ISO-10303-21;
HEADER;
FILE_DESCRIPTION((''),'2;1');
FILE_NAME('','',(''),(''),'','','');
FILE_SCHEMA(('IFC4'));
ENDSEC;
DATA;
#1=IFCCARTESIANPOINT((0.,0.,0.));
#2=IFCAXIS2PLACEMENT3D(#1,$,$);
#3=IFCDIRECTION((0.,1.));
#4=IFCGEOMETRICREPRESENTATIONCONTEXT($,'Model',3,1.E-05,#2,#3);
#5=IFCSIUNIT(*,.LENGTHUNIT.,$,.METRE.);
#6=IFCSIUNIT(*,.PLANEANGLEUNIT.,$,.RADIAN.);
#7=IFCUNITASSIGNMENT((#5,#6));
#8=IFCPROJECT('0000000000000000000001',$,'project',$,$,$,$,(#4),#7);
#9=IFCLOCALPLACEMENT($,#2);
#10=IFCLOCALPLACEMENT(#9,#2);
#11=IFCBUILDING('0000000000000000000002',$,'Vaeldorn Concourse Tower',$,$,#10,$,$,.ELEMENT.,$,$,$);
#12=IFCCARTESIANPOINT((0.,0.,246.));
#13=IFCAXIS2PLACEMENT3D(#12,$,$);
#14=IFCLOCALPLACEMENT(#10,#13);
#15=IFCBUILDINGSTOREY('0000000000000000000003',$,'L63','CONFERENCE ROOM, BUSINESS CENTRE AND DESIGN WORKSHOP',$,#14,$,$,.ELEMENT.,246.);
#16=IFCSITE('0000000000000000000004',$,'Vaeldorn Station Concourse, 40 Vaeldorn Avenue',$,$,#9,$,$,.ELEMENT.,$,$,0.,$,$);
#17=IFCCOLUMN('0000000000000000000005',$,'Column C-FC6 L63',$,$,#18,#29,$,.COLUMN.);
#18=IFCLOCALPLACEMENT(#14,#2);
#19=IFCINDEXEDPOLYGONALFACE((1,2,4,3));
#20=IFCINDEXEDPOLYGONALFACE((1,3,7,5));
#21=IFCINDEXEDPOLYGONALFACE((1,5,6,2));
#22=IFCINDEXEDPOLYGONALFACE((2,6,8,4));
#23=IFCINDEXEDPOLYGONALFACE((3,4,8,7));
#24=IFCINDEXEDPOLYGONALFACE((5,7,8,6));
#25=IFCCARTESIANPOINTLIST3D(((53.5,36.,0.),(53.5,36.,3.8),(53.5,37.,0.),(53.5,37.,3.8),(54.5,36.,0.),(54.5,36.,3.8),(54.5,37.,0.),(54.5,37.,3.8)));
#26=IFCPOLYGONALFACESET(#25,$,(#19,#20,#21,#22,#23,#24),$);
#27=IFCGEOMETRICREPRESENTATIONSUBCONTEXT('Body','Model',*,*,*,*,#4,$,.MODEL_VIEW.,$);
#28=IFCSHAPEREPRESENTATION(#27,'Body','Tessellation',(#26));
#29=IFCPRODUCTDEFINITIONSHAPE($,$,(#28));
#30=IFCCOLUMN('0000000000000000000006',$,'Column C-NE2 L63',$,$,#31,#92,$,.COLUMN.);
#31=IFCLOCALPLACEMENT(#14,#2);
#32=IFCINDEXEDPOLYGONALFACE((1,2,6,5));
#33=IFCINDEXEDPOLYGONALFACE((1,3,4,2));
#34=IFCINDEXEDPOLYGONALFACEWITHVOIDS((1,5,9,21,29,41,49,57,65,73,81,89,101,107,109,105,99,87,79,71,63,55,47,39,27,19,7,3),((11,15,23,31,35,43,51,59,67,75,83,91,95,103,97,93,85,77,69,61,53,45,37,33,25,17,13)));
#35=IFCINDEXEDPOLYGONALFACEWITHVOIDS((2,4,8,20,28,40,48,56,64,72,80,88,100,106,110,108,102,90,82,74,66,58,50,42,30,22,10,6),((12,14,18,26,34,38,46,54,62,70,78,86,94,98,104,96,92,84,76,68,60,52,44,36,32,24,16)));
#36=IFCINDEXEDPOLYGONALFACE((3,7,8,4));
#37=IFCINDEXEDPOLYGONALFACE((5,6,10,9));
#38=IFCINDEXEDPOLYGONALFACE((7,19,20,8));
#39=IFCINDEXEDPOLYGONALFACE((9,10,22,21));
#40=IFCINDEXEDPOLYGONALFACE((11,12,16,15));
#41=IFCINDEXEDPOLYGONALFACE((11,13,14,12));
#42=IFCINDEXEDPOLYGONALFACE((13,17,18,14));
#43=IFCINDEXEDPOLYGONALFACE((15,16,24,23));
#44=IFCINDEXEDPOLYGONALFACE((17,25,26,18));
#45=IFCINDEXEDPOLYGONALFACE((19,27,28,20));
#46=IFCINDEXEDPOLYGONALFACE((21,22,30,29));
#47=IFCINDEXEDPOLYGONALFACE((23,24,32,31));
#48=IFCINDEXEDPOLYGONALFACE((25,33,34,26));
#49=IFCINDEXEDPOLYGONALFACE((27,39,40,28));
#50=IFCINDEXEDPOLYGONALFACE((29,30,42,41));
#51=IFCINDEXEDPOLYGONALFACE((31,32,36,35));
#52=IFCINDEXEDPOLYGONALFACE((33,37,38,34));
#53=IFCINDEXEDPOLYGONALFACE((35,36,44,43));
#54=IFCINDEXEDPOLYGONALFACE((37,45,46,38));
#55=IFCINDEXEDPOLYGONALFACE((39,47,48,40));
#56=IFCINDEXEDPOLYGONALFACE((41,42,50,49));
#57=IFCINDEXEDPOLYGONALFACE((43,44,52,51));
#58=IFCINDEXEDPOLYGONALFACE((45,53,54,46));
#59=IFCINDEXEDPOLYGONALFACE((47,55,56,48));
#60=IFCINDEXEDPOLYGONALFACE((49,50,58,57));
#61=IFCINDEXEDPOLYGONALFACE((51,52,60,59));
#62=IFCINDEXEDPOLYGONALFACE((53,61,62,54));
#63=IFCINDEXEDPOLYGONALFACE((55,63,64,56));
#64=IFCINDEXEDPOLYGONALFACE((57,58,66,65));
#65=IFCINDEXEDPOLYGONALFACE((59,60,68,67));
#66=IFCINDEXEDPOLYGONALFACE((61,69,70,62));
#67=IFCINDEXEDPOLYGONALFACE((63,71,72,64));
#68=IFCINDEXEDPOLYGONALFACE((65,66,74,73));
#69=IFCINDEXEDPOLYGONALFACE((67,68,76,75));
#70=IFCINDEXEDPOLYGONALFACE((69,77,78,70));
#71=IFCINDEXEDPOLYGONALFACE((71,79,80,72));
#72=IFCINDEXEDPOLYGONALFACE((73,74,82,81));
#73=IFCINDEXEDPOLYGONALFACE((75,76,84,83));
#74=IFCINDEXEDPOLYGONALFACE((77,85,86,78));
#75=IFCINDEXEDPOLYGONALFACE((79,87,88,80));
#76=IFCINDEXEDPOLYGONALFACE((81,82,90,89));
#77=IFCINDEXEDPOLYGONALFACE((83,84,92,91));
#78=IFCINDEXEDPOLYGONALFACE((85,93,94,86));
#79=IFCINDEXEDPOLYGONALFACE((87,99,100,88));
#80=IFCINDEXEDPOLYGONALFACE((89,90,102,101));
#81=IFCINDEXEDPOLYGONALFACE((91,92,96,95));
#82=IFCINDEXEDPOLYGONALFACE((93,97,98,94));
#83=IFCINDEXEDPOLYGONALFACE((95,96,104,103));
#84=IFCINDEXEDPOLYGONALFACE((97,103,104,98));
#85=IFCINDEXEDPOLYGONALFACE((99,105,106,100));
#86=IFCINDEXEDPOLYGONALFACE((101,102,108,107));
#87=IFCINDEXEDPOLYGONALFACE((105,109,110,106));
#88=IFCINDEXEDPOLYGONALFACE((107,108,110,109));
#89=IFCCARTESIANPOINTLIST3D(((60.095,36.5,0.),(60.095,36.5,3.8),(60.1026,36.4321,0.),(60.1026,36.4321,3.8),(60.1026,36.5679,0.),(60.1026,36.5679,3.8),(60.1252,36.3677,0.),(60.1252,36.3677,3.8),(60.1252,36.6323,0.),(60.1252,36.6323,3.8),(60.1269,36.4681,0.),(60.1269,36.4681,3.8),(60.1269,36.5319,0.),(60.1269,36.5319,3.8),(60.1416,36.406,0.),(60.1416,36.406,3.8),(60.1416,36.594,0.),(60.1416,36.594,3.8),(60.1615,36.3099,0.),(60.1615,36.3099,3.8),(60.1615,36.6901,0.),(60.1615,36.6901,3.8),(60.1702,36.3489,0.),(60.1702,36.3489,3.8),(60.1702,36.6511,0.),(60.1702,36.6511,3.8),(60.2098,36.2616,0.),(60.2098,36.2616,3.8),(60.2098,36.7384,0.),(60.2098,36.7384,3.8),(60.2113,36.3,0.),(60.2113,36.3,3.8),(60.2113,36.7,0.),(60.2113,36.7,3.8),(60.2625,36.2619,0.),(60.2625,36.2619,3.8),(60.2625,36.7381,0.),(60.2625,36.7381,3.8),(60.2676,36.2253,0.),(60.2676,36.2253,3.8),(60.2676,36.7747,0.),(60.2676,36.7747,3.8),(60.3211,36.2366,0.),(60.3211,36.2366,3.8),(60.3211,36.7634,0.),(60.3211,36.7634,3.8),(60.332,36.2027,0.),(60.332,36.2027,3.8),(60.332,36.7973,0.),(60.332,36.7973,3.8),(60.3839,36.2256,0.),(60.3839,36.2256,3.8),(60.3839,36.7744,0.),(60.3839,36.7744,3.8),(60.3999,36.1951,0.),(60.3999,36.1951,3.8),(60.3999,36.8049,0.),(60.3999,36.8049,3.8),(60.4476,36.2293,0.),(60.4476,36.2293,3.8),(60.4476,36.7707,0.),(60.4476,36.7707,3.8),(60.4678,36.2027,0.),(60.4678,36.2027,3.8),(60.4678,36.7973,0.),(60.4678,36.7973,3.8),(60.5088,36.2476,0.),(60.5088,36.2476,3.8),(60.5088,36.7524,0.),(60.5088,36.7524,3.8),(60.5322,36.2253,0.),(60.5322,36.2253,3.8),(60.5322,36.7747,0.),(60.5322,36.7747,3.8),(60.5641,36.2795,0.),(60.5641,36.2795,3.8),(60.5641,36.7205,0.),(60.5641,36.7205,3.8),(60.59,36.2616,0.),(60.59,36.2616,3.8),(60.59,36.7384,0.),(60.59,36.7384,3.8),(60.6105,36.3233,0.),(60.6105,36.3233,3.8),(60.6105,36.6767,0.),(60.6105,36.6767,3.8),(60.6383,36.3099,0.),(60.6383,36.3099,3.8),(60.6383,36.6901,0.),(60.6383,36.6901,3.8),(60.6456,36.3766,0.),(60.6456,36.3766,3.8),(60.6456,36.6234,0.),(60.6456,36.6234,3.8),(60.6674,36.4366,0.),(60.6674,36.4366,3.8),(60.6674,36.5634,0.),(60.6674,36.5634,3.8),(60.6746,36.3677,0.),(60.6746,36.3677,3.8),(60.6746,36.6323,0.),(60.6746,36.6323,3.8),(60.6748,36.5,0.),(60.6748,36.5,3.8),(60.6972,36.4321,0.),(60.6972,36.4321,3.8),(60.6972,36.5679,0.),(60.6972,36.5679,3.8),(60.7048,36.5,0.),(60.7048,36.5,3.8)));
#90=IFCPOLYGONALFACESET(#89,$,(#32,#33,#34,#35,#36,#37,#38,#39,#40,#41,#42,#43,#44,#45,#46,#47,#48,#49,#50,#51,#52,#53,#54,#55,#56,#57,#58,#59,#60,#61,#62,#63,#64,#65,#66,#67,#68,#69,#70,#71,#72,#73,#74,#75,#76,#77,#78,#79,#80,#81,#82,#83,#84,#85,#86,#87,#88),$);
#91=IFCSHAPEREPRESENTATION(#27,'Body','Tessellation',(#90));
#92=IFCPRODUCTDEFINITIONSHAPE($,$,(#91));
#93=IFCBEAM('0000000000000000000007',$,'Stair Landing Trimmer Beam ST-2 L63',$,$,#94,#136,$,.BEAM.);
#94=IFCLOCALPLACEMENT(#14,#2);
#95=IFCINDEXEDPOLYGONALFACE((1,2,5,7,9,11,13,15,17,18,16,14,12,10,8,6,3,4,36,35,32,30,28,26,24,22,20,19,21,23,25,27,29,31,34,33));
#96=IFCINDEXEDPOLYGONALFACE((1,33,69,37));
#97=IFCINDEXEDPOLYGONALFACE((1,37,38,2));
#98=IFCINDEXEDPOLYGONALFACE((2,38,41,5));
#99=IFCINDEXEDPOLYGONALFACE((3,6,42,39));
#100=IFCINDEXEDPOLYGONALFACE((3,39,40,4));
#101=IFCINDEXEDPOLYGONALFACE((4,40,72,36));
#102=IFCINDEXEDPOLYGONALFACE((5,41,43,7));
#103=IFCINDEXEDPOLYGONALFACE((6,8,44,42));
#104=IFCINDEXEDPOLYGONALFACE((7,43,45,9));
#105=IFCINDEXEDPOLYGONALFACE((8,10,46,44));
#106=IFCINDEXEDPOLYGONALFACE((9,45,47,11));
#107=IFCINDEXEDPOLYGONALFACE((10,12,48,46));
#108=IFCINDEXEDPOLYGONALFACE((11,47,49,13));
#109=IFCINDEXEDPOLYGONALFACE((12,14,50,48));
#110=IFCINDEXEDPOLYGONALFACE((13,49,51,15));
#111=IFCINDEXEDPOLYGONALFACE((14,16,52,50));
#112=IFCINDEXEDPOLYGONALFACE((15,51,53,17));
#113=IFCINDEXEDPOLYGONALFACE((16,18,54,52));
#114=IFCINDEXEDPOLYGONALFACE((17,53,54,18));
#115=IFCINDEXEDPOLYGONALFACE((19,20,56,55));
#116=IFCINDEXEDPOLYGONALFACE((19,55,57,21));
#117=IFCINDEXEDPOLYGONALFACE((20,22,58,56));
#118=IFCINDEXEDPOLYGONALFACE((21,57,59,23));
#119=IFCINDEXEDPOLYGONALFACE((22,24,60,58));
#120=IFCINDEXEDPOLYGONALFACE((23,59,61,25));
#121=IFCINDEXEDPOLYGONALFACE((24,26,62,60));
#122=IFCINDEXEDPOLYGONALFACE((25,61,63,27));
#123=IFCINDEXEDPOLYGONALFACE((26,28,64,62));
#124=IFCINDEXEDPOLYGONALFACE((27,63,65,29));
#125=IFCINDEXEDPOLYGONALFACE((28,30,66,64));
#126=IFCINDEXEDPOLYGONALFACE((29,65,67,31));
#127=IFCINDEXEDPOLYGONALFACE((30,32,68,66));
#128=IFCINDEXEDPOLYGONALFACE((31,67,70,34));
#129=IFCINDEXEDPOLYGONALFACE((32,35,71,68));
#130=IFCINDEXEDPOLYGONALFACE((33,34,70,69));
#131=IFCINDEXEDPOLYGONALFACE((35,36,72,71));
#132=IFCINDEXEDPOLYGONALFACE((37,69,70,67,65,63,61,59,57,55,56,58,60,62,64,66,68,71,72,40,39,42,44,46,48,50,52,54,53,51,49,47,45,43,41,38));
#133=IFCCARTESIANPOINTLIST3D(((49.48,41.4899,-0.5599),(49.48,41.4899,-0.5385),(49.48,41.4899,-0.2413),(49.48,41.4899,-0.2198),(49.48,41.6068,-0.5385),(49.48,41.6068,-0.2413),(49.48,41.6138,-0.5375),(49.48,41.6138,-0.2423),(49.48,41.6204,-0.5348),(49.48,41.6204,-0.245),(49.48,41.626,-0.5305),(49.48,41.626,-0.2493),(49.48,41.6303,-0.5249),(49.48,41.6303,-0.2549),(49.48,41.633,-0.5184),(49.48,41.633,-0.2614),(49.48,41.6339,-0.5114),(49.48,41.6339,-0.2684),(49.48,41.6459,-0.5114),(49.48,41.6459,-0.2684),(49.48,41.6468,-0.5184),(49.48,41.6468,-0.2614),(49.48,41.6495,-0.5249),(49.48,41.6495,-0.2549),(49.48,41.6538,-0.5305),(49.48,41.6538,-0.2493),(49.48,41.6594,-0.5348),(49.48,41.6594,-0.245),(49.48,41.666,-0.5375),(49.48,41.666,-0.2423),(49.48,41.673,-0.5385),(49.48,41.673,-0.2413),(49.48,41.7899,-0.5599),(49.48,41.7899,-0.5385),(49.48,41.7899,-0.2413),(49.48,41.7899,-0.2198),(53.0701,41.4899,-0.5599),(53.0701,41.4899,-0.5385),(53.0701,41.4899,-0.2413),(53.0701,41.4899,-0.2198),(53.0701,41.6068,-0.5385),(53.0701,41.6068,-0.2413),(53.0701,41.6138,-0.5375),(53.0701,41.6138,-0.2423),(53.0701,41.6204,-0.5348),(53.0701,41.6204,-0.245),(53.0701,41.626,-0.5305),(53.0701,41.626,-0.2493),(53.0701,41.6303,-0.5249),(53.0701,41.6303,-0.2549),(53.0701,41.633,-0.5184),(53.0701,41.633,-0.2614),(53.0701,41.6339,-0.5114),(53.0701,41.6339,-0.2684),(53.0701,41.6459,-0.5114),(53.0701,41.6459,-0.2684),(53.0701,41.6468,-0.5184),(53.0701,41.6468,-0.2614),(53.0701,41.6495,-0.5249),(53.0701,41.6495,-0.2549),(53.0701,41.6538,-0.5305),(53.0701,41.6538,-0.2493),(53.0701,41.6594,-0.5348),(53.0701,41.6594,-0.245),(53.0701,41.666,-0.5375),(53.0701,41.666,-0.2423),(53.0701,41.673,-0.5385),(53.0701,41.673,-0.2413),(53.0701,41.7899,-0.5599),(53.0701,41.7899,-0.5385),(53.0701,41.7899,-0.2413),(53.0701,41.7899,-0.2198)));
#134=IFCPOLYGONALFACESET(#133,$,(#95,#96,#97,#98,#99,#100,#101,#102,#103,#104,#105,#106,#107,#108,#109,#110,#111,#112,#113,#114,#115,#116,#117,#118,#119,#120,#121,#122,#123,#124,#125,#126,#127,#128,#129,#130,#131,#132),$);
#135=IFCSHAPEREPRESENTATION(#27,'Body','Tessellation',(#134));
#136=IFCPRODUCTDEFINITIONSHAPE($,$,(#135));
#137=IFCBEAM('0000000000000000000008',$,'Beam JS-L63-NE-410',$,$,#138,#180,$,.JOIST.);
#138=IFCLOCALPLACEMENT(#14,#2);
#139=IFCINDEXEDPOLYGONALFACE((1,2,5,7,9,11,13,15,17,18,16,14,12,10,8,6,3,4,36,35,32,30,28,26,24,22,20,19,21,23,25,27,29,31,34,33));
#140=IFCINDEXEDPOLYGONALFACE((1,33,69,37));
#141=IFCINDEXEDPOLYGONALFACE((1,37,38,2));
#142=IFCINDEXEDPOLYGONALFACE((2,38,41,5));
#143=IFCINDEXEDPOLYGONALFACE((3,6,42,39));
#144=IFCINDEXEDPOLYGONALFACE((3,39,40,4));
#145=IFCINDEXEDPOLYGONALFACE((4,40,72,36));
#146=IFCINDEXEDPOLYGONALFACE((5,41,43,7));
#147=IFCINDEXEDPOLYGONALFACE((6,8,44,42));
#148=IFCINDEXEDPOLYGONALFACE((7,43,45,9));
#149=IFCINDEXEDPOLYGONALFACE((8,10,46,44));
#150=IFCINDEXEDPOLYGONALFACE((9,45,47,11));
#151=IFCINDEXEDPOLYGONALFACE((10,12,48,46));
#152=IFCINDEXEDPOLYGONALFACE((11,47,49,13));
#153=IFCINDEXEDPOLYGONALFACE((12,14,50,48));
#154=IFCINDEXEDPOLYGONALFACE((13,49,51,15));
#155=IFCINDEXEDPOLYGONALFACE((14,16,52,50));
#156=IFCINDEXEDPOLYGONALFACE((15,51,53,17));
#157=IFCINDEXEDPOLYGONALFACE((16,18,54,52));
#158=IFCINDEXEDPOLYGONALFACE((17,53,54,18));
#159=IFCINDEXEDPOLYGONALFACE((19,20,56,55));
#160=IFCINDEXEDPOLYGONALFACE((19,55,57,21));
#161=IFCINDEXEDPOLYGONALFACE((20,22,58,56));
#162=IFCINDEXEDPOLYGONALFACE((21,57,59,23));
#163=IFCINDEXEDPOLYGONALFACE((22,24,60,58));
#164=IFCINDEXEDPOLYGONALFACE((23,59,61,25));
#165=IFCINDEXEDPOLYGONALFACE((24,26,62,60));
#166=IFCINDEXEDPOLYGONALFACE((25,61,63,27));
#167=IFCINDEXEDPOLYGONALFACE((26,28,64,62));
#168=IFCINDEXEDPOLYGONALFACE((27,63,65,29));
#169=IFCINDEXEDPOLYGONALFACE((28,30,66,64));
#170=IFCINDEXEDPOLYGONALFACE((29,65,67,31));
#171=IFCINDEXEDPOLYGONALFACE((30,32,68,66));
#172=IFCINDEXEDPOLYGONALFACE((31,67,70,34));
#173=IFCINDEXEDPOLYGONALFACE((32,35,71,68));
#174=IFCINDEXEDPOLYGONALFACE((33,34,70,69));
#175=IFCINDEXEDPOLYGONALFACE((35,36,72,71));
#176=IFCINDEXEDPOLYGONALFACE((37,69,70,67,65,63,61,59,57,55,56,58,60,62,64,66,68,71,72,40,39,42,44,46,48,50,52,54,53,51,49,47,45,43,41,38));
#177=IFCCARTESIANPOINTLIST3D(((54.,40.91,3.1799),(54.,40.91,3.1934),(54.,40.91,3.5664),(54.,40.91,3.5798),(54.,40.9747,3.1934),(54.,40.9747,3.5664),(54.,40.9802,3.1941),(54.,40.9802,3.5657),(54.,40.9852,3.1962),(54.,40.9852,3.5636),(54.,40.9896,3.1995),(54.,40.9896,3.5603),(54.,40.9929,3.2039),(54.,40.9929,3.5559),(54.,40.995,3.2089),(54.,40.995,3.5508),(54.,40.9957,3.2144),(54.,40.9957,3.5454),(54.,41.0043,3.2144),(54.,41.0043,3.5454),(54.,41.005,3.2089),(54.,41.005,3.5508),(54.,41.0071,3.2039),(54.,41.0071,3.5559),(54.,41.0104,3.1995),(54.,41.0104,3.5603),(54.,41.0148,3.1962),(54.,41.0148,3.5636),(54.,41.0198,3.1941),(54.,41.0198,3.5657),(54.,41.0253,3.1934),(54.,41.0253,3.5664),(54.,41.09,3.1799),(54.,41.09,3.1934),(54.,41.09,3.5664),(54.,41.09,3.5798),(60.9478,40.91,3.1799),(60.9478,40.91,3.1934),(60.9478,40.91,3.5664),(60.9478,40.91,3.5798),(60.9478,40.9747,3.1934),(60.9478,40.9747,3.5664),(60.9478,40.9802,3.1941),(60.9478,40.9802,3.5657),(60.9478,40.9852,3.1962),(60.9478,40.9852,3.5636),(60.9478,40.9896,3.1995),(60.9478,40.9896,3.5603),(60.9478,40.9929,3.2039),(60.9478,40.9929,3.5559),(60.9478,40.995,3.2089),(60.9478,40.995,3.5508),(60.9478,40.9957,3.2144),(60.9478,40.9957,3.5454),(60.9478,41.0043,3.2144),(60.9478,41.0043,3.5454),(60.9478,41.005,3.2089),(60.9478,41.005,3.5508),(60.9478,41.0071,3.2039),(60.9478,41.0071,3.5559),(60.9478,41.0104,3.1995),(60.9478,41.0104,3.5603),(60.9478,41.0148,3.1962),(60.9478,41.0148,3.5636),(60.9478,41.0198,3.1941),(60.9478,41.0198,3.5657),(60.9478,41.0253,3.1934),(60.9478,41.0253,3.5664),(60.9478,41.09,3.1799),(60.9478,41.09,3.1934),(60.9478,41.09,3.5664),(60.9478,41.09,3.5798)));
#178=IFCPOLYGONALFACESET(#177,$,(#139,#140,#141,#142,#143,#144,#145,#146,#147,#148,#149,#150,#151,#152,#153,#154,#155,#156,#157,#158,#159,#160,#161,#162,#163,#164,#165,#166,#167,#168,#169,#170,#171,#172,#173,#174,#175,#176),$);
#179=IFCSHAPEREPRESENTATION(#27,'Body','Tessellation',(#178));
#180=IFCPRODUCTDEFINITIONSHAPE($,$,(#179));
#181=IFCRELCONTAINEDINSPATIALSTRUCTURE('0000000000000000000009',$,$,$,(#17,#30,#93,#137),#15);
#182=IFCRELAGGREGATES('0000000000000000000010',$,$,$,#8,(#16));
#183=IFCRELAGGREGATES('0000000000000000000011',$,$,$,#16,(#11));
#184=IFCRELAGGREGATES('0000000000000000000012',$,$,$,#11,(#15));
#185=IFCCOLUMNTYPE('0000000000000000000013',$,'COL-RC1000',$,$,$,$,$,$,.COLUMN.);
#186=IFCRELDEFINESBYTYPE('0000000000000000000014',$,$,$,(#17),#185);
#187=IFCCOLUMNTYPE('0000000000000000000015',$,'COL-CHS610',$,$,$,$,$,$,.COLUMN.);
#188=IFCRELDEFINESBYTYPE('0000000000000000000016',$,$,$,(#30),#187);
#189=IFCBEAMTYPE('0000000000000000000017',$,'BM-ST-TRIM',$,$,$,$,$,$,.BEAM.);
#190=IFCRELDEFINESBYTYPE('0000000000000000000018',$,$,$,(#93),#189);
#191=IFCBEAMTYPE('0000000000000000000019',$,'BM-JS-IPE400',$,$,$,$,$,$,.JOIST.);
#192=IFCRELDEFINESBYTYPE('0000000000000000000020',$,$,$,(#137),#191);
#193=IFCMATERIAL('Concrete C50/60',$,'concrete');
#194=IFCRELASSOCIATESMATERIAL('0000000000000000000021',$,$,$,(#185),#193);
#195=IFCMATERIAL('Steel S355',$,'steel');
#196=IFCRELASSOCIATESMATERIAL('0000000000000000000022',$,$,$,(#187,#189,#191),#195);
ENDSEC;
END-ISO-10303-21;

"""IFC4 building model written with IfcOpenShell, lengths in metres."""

from ifc_helpers import new_model, si_unit, direction, frame, origin, origin_2d, place, context, subcontext, project, spatial, rectangle, hollow_circle, i_section, extrude, source, transform, mapped, material, material_profile, profile_set, type_object, element, save


model = new_model("IFC4")

# Units and contexts
model_context = context("Model", 3, precision=1e-05, world=origin(), true_north=direction((0.0, 1.0)))
body_context = subcontext(model_context, "Body", "Model", "MODEL_VIEW")
ifc_project = project(units=[si_unit("LENGTHUNIT", "METRE"), si_unit("PLANEANGLEUNIT", "RADIAN")], contexts=[model_context])

# Site, building, storey
site_placement = place(None, origin())
site = spatial("IfcSite", under=ifc_project, at=site_placement, Name="Vaeldorn Station Concourse, 40 Vaeldorn Avenue", CompositionType="ELEMENT", RefElevation=0.0)
building_placement = place(site_placement, origin())
building = spatial("IfcBuilding", under=site, at=building_placement, Name="Vaeldorn Concourse Tower", CompositionType="ELEMENT")
storey_placement = place(building_placement, frame((0.0, 0.0, 246.0)))
storey = spatial("IfcBuildingStorey", under=building, at=storey_placement, Name="L63", Description="CONFERENCE ROOM, BUSINESS CENTRE AND DESIGN WORKSHOP", CompositionType="ELEMENT", Elevation=246.0)

# Columns
ifc_material_1 = material(Name="Concrete C50/60", Category="concrete")
ifc_material_profile_1 = material_profile(ifc_material_1, rectangle(XDim=1.0, YDim=1.0, at=origin_2d()), Name="RC 1000x1000")
ifc_profile_set_1 = profile_set([ifc_material_profile_1], Name="Concrete C50/60")
column_type_1 = type_object("IfcColumnType", Name="COL-RC1000", PredefinedType="COLUMN", material=ifc_profile_set_1)
shared_shape_1 = source(origin(), body_context, "Body", "SweptSolid", [
    extrude(rectangle(XDim=1.0, YDim=1.0, at=origin_2d()), origin(), (0.0, 0.0, 1.0), 3.8),
])
column_1_placement = place(storey_placement, frame((54.0, 36.5, 0.0), z_axis=(0.0, 0.0, 1.0), x_axis=(1.0, 0.0, 0.0)))
element("IfcColumn", 1, at=column_1_placement, inside=storey, type_object=column_type_1, Name="Column C-FC6 L63", PredefinedType="COLUMN", context=body_context, shape_type="MappedRepresentation", body=[
    mapped(shared_shape_1, transform((0.0, 0.0, 0.0), scale=1.0)),
])
ifc_material_2 = material(Name="Steel S355", Category="steel")
ifc_material_profile_2 = material_profile(ifc_material_2, hollow_circle(Radius=0.3049, WallThickness=0.03, at=origin_2d()), Name="CHS 610x30")
ifc_profile_set_2 = profile_set([ifc_material_profile_2], Name="Steel S355")
column_type_2 = type_object("IfcColumnType", Name="COL-CHS610", PredefinedType="COLUMN", material=ifc_profile_set_2)
shared_shape_2 = source(origin(), body_context, "Body", "SweptSolid", [
    extrude(hollow_circle(Radius=0.3049, WallThickness=0.03, at=origin_2d()), origin(), (0.0, 0.0, 1.0), 3.8),
])
column_2_placement = place(storey_placement, frame((60.3999, 36.5, 0.0), z_axis=(0.0, 0.0, 1.0), x_axis=(1.0, 0.0, 0.0)))
element("IfcColumn", 2, at=column_2_placement, inside=storey, type_object=column_type_2, Name="Column C-NE2 L63", PredefinedType="COLUMN", context=body_context, shape_type="MappedRepresentation", body=[
    mapped(shared_shape_2, transform((0.0, 0.0, 0.0), scale=1.0)),
])

# Beams
ifc_material_profile_3 = material_profile(ifc_material_2, i_section(OverallWidth=0.3, OverallDepth=0.3401, WebThickness=0.012, FlangeThickness=0.0215, FilletRadius=0.0271, at=origin_2d()), Name="HEB 340")
ifc_profile_set_3 = profile_set([ifc_material_profile_3], Name="Steel S355")
beam_type_1 = type_object("IfcBeamType", Name="BM-ST-TRIM", PredefinedType="BEAM", material=ifc_profile_set_3)
shared_shape_3 = source(origin(), body_context, "Body", "SweptSolid", [
    extrude(i_section(OverallWidth=0.3, OverallDepth=0.3401, WebThickness=0.012, FlangeThickness=0.0215, FilletRadius=0.0271, at=origin_2d()), origin(), (0.0, 0.0, 1.0), 3.5901),
])
beam_1_placement = place(storey_placement, frame((49.48, 41.6399, -0.3899), z_axis=(1.0, 0.0, 0.0), x_axis=(0.0, 1.0, 0.0)))
element("IfcBeam", 3, at=beam_1_placement, inside=storey, type_object=beam_type_1, Name="Stair Landing Trimmer Beam ST-2 L63", PredefinedType="BEAM", context=body_context, shape_type="MappedRepresentation", body=[
    mapped(shared_shape_3, transform((0.0, 0.0, 0.0), scale=1.0)),
])
ifc_material_profile_4 = material_profile(ifc_material_2, i_section(OverallWidth=0.1799, OverallDepth=0.3999, WebThickness=0.0085, FlangeThickness=0.0134, FilletRadius=0.021, at=origin_2d()), Name="IPE 400")
ifc_profile_set_4 = profile_set([ifc_material_profile_4], Name="Steel S355")
beam_type_2 = type_object("IfcBeamType", Name="BM-JS-IPE400", PredefinedType="JOIST", material=ifc_profile_set_4)
shared_shape_4 = source(origin(), body_context, "Body", "SweptSolid", [
    extrude(i_section(OverallWidth=0.1799, OverallDepth=0.3999, WebThickness=0.0085, FlangeThickness=0.0134, FilletRadius=0.021, at=origin_2d()), origin(), (0.0, 0.0, 1.0), 6.9478),
])
beam_2_placement = place(storey_placement, frame((54.0, 41.0, 3.3799), z_axis=(1.0, 0.0, 0.0), x_axis=(0.0, 1.0, 0.0)))
element("IfcBeam", 4, at=beam_2_placement, inside=storey, type_object=beam_type_2, Name="Beam JS-L63-NE-410", PredefinedType="JOIST", context=body_context, shape_type="MappedRepresentation", body=[
    mapped(shared_shape_4, transform((0.0, 0.0, 0.0), scale=1.0)),
])

save(model, "model.ifc")
